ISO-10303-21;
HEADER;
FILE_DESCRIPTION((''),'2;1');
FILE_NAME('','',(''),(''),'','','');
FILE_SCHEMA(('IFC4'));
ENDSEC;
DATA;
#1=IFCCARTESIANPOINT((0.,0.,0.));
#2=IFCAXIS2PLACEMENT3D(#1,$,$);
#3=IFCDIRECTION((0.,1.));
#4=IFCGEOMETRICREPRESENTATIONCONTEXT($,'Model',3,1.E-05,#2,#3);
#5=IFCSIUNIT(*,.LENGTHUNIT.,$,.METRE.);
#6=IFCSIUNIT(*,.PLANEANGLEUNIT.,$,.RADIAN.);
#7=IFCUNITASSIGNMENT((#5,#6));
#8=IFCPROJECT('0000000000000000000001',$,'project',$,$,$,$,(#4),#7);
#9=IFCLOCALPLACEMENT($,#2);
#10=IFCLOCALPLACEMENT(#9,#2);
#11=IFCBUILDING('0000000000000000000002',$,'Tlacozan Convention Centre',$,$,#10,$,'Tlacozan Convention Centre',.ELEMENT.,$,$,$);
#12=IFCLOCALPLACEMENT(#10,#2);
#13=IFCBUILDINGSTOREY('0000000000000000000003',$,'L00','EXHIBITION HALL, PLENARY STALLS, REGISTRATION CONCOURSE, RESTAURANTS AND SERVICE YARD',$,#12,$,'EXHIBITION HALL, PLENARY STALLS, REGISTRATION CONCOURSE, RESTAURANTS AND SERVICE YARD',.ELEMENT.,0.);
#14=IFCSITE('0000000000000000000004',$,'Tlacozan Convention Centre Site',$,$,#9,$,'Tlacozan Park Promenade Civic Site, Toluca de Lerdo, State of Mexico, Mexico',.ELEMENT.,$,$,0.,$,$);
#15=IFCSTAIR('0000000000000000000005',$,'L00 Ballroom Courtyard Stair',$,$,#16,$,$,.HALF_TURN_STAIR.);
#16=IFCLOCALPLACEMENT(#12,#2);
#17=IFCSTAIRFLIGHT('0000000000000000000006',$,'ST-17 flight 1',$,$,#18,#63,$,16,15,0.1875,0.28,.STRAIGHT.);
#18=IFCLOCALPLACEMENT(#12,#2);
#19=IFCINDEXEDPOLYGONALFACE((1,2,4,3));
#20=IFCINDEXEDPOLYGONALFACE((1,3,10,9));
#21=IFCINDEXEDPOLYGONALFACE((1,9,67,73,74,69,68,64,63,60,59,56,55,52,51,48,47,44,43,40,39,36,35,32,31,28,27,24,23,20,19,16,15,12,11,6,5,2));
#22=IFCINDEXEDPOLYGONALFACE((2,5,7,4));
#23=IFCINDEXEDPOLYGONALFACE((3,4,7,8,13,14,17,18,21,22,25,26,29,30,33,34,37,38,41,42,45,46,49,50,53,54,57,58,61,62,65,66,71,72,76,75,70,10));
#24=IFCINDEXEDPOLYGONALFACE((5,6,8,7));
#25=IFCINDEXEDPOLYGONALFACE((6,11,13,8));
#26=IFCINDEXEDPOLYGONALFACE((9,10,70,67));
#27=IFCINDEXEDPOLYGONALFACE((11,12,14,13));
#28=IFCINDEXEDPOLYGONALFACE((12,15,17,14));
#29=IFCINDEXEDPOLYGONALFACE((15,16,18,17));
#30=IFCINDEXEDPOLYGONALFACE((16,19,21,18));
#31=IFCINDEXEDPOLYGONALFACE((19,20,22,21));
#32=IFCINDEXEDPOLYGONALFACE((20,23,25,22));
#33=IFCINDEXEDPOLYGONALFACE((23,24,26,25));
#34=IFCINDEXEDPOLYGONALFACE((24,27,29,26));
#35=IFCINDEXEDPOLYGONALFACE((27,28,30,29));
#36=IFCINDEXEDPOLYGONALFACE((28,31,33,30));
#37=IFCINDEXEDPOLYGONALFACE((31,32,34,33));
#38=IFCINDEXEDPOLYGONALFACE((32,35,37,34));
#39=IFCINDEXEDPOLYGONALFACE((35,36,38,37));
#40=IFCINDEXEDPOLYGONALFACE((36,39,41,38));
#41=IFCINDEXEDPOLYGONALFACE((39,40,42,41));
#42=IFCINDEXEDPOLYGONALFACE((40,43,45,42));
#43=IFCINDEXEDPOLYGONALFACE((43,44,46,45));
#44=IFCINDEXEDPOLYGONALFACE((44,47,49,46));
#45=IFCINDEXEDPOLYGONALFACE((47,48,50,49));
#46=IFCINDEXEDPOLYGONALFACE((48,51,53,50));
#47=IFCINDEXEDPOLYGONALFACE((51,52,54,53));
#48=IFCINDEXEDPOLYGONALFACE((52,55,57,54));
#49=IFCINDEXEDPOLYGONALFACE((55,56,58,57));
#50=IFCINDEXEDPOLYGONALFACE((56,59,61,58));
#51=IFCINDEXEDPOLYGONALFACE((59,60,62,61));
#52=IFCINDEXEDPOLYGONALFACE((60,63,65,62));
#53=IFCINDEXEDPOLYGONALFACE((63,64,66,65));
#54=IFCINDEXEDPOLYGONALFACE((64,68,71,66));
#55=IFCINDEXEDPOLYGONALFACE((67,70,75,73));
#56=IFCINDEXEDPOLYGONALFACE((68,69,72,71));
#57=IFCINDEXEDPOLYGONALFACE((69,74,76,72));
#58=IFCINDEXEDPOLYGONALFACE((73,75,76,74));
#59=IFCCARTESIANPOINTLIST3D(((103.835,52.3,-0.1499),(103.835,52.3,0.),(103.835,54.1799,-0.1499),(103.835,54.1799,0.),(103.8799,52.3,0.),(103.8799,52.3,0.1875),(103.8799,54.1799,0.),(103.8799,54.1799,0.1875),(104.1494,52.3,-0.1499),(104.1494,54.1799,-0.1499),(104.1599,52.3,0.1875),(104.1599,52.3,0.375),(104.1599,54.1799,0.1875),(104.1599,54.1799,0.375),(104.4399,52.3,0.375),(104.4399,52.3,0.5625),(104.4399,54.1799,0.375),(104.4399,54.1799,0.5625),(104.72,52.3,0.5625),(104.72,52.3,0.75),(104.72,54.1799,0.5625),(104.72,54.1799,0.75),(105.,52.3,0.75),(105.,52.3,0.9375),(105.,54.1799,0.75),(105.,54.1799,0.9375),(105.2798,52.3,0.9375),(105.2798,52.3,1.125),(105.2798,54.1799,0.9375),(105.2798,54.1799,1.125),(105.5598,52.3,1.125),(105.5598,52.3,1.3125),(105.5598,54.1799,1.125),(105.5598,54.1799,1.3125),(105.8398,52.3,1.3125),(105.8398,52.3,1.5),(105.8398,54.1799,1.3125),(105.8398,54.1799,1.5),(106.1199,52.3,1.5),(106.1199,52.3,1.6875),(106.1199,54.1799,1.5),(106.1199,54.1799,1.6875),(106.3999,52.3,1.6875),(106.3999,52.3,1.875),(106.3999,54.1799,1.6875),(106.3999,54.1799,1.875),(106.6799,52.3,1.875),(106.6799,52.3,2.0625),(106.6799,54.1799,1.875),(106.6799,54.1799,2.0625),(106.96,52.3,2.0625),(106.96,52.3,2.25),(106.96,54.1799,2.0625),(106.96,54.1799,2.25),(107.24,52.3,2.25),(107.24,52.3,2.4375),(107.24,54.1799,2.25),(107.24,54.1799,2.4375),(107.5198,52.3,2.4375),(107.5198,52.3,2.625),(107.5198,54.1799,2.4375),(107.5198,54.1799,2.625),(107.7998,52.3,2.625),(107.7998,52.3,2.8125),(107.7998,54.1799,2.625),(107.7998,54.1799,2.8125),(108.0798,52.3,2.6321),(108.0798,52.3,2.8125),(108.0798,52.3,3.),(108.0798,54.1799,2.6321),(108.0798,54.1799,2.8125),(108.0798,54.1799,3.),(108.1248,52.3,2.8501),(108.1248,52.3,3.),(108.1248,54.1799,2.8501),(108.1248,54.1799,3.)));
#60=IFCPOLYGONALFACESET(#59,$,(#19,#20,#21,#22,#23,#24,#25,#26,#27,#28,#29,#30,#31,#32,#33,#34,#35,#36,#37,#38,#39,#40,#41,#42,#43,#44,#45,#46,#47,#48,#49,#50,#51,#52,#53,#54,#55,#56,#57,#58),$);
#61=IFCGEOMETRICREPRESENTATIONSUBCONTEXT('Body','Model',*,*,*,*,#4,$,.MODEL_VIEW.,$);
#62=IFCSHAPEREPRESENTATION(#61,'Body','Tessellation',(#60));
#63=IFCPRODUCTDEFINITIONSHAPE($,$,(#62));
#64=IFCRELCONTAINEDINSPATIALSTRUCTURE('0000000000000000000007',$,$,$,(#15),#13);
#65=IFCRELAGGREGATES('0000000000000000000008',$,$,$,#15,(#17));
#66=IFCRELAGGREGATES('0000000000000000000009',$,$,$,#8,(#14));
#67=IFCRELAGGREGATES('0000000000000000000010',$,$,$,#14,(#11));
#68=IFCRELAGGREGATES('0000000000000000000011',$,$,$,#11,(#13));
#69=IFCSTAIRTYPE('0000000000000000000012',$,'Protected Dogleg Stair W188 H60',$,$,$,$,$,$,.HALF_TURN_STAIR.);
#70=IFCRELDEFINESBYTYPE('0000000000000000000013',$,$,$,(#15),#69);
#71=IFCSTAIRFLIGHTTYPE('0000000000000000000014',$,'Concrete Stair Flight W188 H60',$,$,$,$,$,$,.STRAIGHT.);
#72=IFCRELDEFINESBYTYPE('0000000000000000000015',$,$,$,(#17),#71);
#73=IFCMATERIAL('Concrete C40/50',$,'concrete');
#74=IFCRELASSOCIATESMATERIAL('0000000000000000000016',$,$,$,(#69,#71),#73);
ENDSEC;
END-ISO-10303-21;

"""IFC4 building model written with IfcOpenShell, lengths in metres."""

from ifc_helpers import new_model, si_unit, direction, frame, origin, place, context, subcontext, project, spatial, polyline, outline, extrude, material, type_object, element, aggregate, save


model = new_model("IFC4")

# Units and contexts
model_context = context("Model", 3, precision=1e-05, world=origin(), true_north=direction((0.0, 1.0)))
body_context = subcontext(model_context, "Body", "Model", "MODEL_VIEW")
ifc_project = project(units=[si_unit("LENGTHUNIT", "METRE"), si_unit("PLANEANGLEUNIT", "RADIAN")], contexts=[model_context])

# Site, building, storey
site_placement = place(None, origin())
site = spatial("IfcSite", under=ifc_project, at=site_placement, Name="Tlacozan Convention Centre Site", LongName="Tlacozan Park Promenade Civic Site, Toluca de Lerdo, State of Mexico, Mexico", CompositionType="ELEMENT", RefElevation=0.0)
building_placement = place(site_placement, origin())
building = spatial("IfcBuilding", under=site, at=building_placement, Name="Tlacozan Convention Centre", LongName="Tlacozan Convention Centre", CompositionType="ELEMENT")
storey_placement = place(building_placement, origin())
storey = spatial("IfcBuildingStorey", under=building, at=storey_placement, Name="L00", Description="EXHIBITION HALL, PLENARY STALLS, REGISTRATION CONCOURSE, RESTAURANTS AND SERVICE YARD", LongName="EXHIBITION HALL, PLENARY STALLS, REGISTRATION CONCOURSE, RESTAURANTS AND SERVICE YARD", CompositionType="ELEMENT", Elevation=0.0)

# Shared definitions
ifc_material_1 = material(Name="Concrete C40/50", Category="concrete")

# Shared definitions
stair_type = type_object("IfcStairType", Name="Protected Dogleg Stair W188 H60", PredefinedType="HALF_TURN_STAIR", material=ifc_material_1)
stair_flight_type = type_object("IfcStairFlightType", Name="Concrete Stair Flight W188 H60", PredefinedType="STRAIGHT", material=ifc_material_1)

# Stair, stair flight
stair_1_placement = place(storey_placement, origin())
stair_1 = element("IfcStair", 1, at=stair_1_placement, inside=storey, type_object=stair_type, Name="L00 Ballroom Courtyard Stair", PredefinedType="HALF_TURN_STAIR")
stair_flight_1_placement = place(storey_placement, frame((103.8799, 53.24, 0.0), z_axis=(0.0, 0.0, 1.0), x_axis=(1.0, 0.0, 0.0)))
stair_flight_1 = element("IfcStairFlight", 2, at=stair_flight_1_placement, type_object=stair_flight_type, Name="ST-17 flight 1", NumberOfRisers=16, NumberOfTreads=15, PredefinedType="STRAIGHT", RiserHeight=0.1875, TreadLength=0.28, context=body_context, shape_type="SweptSolid", body=[
    extrude(outline(polyline([(-0.0449, -0.1499), (-0.0449, 0.0), (0.0, 0.0), (0.0, 0.1875), (0.28, 0.1875), (0.28, 0.375), (0.5601, 0.375), (0.5601, 0.5625), (0.8401, 0.5625), (0.8401, 0.75), (1.1201, 0.75), (1.1201, 0.9375), (1.3999, 0.9375), (1.3999, 1.125), (1.6799, 1.125), (1.6799, 1.3125), (1.96, 1.3125), (1.96, 1.5), (2.24, 1.5), (2.24, 1.6875), (2.52, 1.6875), (2.52, 1.875), (2.8, 1.875), (2.8, 2.0625), (3.0801, 2.0625), (3.0801, 2.25), (3.3601, 2.25), (3.3601, 2.4375), (3.6399, 2.4375), (3.6399, 2.625), (3.9199, 2.625), (3.9199, 2.8125), (4.2, 2.8125), (4.2, 3.0), (4.2449, 3.0), (4.2449, 2.8501), (4.2, 2.6321), (0.2695, -0.1499), (-0.0449, -0.1499)])), frame((0.0, 0.9399, 0.0), z_axis=(0.0, -1.0, 0.0), x_axis=(1.0, 0.0, 0.0)), (0.0, 0.0, 1.0), 1.8799),
])
aggregate(stair_1, [stair_flight_1])

save(model, "model.ifc")
